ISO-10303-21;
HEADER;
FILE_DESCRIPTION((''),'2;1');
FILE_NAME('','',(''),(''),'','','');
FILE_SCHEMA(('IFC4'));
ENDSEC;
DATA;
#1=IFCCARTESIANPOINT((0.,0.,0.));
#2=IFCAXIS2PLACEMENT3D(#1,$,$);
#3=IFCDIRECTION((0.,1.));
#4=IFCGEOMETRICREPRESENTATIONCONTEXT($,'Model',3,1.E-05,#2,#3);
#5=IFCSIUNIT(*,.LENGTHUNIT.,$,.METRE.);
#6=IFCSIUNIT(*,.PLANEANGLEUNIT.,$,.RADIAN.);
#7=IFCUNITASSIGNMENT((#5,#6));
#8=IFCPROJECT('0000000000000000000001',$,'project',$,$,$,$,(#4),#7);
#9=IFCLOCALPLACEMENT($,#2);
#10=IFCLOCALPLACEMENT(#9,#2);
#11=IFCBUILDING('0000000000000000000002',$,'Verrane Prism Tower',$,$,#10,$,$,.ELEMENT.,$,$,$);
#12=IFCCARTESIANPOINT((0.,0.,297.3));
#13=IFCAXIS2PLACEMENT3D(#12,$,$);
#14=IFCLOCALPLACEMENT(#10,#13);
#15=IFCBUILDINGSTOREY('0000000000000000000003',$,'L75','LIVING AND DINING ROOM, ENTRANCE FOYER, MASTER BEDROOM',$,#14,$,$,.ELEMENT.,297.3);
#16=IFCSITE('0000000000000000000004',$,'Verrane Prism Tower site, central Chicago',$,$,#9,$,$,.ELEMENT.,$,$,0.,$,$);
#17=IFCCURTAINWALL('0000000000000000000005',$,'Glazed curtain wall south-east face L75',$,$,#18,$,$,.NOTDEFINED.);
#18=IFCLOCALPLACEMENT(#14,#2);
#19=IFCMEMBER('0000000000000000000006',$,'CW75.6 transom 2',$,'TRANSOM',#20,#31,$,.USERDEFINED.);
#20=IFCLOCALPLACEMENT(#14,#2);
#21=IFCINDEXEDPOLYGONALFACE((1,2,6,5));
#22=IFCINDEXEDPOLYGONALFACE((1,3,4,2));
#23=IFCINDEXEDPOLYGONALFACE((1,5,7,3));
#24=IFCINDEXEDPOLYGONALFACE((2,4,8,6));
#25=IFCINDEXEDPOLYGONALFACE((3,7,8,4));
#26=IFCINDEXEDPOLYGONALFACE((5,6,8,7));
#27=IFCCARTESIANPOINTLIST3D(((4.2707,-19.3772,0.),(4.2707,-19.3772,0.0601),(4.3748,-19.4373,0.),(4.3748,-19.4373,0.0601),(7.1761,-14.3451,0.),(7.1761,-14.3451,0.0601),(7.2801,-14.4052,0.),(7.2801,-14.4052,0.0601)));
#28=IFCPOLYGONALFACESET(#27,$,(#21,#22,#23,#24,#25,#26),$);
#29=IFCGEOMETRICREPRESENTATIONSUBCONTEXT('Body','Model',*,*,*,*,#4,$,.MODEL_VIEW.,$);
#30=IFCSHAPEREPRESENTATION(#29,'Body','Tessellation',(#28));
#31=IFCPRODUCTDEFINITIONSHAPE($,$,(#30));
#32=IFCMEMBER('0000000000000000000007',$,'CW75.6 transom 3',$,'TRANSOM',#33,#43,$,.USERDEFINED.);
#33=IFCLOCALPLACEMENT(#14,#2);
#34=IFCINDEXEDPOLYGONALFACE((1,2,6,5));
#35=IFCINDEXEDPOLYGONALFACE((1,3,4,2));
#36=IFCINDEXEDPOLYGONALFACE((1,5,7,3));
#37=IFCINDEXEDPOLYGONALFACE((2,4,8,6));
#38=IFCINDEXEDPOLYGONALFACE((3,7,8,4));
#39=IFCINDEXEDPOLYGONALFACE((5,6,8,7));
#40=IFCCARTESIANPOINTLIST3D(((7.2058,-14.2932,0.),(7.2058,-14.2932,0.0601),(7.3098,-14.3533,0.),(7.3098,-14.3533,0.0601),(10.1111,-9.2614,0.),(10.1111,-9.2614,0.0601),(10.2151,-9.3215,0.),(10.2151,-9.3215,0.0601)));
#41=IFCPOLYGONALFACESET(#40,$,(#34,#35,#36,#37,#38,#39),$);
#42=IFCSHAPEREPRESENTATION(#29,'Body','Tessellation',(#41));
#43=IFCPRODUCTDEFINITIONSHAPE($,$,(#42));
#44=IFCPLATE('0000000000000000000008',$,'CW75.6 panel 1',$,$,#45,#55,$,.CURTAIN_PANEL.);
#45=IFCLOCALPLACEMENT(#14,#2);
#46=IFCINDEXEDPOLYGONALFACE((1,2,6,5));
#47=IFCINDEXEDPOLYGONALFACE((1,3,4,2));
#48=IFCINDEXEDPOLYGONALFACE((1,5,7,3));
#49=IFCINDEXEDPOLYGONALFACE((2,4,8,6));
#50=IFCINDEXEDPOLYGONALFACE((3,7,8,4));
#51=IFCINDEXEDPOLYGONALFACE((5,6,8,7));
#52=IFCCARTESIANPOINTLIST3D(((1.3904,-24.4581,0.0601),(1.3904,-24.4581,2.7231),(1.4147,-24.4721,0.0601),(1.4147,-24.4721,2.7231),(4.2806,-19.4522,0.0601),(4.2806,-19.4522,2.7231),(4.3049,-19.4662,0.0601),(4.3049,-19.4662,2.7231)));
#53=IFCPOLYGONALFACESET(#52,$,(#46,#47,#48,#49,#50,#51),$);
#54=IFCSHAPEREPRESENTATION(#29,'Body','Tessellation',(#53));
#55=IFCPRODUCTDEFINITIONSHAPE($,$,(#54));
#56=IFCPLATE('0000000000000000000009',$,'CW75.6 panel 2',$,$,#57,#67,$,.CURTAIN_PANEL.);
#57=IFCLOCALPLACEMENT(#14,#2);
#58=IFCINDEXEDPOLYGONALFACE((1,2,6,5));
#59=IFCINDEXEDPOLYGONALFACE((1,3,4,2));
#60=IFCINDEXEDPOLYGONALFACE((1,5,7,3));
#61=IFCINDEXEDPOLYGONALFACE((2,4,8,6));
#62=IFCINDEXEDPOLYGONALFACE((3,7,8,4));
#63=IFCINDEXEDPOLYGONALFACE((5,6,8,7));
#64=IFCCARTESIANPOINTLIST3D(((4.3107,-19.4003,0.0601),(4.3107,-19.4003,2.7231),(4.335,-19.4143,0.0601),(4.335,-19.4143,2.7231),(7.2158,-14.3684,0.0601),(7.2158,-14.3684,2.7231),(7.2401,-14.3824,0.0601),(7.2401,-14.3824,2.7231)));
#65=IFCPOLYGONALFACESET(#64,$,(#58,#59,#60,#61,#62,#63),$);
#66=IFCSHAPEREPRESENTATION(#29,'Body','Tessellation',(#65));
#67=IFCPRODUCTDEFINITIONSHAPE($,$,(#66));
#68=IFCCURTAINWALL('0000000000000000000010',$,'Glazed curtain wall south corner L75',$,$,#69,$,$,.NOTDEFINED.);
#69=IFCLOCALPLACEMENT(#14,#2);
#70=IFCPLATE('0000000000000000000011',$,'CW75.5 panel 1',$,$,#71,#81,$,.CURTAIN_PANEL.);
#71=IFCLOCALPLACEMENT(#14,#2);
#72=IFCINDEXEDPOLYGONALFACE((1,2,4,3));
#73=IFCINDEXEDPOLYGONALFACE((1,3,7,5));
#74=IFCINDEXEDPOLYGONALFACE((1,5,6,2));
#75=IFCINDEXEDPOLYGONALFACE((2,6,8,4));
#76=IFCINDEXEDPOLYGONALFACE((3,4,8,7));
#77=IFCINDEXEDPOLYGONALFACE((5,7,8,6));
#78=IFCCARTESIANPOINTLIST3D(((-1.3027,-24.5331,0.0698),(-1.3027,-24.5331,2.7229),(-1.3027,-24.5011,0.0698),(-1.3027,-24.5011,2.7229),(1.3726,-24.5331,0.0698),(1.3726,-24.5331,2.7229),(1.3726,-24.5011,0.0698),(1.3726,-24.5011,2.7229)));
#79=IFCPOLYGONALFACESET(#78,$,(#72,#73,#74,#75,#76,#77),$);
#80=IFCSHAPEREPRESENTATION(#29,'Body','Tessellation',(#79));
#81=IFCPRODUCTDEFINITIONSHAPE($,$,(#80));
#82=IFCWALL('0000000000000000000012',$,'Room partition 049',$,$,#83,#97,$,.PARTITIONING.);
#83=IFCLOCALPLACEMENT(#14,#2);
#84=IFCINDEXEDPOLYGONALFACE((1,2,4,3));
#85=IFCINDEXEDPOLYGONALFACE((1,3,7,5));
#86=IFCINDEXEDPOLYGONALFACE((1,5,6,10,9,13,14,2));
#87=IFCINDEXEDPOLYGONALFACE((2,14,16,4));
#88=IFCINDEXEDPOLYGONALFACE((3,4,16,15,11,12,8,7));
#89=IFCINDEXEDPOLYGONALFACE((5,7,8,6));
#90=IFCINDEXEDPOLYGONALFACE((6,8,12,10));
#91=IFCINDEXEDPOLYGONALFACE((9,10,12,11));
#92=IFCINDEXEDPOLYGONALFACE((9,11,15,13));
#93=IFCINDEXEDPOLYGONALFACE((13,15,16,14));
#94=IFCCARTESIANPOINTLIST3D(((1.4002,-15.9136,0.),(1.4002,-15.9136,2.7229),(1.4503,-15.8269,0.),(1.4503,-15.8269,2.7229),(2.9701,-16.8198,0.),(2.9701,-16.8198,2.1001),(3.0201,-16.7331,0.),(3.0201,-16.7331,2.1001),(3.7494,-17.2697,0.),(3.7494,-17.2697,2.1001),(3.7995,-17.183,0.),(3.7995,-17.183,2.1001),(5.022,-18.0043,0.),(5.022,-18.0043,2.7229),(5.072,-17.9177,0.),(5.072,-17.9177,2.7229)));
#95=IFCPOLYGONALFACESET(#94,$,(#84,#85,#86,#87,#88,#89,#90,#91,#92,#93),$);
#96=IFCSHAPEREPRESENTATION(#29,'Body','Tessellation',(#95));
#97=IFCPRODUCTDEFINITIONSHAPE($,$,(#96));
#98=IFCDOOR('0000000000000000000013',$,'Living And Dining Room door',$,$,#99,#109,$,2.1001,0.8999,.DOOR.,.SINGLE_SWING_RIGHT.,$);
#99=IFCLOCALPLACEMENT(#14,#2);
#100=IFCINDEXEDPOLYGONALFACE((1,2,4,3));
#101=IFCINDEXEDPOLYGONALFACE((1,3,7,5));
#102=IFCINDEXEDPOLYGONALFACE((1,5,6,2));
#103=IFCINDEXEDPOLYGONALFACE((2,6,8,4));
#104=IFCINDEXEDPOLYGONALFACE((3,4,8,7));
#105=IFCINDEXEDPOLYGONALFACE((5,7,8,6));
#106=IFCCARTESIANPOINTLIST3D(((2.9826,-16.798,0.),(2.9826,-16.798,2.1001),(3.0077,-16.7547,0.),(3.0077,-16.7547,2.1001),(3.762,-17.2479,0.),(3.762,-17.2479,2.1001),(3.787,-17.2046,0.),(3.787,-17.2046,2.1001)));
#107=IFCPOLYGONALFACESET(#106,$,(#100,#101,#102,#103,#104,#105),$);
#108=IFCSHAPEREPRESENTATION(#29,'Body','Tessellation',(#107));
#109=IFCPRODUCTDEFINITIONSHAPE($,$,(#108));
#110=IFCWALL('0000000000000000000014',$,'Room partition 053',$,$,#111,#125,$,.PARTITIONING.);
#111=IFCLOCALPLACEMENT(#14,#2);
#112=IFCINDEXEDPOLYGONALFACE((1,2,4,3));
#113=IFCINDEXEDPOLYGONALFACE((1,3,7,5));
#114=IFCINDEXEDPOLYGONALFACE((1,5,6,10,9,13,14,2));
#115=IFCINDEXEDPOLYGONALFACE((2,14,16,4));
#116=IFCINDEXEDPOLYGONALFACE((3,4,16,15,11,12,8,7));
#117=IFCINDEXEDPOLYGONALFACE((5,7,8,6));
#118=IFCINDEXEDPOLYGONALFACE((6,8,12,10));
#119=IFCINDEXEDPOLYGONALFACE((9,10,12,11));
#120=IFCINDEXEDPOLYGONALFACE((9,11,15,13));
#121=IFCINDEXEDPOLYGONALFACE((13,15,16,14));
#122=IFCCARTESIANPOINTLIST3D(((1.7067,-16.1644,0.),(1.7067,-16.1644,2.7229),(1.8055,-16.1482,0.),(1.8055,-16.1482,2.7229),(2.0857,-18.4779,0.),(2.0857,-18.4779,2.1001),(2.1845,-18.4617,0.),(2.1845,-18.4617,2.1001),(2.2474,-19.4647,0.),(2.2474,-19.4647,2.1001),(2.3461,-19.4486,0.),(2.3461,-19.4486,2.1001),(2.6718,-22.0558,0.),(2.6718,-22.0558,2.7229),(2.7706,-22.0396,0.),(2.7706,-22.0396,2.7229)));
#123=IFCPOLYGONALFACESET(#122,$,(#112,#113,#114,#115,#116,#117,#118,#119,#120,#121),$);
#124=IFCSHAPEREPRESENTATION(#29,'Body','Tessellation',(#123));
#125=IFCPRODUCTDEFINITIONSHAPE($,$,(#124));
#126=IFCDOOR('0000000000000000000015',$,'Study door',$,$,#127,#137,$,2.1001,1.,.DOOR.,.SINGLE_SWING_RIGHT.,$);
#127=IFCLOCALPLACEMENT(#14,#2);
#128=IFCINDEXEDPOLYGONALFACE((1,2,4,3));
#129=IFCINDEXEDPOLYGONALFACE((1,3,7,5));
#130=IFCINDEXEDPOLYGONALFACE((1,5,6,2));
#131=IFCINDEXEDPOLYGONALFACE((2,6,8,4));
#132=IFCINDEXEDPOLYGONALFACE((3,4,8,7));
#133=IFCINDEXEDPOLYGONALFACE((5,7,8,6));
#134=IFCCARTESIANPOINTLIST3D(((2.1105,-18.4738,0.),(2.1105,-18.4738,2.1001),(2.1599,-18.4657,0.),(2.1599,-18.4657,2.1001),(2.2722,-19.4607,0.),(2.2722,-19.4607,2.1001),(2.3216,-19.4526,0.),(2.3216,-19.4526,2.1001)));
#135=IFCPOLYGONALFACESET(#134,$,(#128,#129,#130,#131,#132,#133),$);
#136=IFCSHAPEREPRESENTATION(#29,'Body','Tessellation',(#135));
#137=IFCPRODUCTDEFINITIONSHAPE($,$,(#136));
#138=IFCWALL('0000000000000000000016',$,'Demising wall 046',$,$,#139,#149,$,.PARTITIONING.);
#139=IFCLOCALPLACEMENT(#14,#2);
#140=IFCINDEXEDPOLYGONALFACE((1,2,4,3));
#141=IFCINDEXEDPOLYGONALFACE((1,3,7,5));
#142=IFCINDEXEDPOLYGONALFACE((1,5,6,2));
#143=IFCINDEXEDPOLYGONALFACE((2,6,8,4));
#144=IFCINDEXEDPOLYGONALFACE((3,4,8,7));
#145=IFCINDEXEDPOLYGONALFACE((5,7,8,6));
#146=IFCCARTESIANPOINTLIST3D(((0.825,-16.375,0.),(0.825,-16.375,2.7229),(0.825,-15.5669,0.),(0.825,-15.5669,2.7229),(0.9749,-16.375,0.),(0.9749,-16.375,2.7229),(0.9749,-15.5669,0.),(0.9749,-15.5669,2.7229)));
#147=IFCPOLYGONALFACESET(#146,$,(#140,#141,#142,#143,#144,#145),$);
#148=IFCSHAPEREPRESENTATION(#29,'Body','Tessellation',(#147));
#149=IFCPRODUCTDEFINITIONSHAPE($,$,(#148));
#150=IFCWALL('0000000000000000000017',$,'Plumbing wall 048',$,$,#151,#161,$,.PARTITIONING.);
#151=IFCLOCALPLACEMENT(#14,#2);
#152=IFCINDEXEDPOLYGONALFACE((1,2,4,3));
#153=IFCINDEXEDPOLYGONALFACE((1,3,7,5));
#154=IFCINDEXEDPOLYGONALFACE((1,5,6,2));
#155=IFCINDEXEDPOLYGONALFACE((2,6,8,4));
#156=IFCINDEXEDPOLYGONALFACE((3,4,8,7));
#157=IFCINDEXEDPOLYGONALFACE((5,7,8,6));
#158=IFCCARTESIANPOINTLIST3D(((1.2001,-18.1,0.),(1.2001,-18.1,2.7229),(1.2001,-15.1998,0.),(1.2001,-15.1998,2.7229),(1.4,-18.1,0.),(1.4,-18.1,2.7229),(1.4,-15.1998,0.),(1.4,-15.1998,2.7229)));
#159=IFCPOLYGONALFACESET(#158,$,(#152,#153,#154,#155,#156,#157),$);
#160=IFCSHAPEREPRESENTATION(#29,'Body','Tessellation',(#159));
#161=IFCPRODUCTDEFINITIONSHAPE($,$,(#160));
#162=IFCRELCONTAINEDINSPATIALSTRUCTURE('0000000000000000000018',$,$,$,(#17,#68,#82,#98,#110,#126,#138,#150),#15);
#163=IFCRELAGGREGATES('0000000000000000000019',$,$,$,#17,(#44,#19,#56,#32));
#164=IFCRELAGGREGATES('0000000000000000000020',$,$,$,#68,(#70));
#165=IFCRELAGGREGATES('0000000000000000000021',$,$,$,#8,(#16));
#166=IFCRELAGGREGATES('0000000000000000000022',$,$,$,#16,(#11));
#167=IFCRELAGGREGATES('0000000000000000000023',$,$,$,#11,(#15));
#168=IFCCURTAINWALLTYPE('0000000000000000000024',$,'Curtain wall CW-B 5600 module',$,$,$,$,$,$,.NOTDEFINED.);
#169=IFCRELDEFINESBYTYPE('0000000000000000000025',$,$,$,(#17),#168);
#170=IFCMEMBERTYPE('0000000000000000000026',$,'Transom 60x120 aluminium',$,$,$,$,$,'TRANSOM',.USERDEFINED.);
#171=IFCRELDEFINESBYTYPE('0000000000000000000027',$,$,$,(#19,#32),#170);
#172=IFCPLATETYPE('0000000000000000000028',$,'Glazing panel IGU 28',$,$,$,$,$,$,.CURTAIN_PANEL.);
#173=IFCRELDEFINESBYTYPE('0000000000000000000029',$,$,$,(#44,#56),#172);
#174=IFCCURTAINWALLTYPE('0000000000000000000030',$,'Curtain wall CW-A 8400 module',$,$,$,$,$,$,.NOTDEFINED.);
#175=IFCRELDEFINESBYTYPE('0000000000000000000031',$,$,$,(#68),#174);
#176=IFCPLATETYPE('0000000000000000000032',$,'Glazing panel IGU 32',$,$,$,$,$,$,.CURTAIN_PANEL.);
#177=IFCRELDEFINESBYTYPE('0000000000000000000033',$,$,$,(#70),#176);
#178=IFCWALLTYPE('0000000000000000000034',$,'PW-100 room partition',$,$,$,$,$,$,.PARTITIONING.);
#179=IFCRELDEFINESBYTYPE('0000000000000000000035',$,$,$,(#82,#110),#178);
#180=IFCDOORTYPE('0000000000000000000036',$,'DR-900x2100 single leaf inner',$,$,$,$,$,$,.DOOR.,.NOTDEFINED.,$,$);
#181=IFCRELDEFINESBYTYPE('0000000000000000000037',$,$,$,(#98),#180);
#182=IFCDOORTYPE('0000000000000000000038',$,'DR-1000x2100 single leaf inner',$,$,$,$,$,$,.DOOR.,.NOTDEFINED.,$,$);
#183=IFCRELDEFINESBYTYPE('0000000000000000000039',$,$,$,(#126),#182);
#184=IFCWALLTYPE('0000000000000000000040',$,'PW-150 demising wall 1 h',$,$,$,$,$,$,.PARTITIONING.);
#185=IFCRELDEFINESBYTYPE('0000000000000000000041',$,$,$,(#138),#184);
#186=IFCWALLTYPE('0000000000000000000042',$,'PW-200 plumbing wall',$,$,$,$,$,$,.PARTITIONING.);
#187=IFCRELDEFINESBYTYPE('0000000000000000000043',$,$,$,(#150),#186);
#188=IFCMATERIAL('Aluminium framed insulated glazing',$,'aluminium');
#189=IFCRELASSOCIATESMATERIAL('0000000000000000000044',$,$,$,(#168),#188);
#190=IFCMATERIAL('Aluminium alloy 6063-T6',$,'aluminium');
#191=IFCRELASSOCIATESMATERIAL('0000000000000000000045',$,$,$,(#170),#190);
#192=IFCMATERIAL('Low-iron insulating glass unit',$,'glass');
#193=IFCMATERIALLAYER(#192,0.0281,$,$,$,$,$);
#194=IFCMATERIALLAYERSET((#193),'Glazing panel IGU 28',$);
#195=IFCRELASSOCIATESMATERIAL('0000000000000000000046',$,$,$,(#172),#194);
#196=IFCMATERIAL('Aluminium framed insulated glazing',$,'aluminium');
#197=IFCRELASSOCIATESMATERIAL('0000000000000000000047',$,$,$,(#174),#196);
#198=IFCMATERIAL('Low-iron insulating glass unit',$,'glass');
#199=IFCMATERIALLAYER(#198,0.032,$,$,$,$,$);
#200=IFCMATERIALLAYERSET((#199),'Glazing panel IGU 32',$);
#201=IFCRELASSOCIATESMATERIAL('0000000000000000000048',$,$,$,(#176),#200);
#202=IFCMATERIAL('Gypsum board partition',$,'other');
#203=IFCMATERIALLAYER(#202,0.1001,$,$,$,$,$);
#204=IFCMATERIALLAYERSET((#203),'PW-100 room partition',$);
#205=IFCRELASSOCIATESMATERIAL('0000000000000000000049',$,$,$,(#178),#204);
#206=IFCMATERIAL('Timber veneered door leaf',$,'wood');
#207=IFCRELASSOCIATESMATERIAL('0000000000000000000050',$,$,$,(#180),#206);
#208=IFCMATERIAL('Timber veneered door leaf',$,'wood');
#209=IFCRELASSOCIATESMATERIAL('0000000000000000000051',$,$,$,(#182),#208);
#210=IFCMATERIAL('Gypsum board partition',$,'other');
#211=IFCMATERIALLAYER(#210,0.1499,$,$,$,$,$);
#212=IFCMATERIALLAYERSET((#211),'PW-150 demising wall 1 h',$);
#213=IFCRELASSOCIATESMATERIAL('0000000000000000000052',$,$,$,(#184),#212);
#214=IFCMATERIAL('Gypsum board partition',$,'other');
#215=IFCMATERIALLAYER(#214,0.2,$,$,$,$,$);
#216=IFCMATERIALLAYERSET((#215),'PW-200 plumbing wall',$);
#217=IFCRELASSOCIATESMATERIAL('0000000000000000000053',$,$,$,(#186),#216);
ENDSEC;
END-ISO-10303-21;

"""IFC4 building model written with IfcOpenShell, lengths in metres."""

from ifc_helpers import new_model, si_unit, direction, frame, frame_2d, origin, origin_2d, place, context, subcontext, project, spatial, rectangle, extrude, material, layer, layer_set, material_profile, profile_set, type_object, element, fill, aggregate, save


model = new_model("IFC4")

# Units and contexts
model_context = context("Model", 3, precision=1e-05, world=origin(), true_north=direction((0.0, 1.0)))
body_context = subcontext(model_context, "Body", "Model", "MODEL_VIEW")
ifc_project = project(units=[si_unit("LENGTHUNIT", "METRE"), si_unit("PLANEANGLEUNIT", "RADIAN")], contexts=[model_context])

# Site, building, storey
site_placement = place(None, origin())
site = spatial("IfcSite", under=ifc_project, at=site_placement, Name="Verrane Prism Tower site, central Chicago", CompositionType="ELEMENT", RefElevation=0.0)
building_placement = place(site_placement, origin())
building = spatial("IfcBuilding", under=site, at=building_placement, Name="Verrane Prism Tower", CompositionType="ELEMENT")
storey_placement = place(building_placement, frame((0.0, 0.0, 297.3)))
storey = spatial("IfcBuildingStorey", under=building, at=storey_placement, Name="L75", Description="LIVING AND DINING ROOM, ENTRANCE FOYER, MASTER BEDROOM", CompositionType="ELEMENT", Elevation=297.3)

# Curtain wall
ifc_material_1 = material(Name="Aluminium framed insulated glazing", Category="aluminium")
curtain_wall_type_1 = type_object("IfcCurtainWallType", Name="Curtain wall CW-B 5600 module", PredefinedType="NOTDEFINED", material=ifc_material_1)
curtain_wall_1_placement = place(storey_placement, origin())
curtain_wall_1 = element("IfcCurtainWall", 1, at=curtain_wall_1_placement, inside=storey, type_object=curtain_wall_type_1, Name="Glazed curtain wall south-east face L75", PredefinedType="NOTDEFINED")

# Members
ifc_material_2 = material(Name="Aluminium alloy 6063-T6", Category="aluminium")
ifc_material_profile_1 = material_profile(ifc_material_2, rectangle(XDim=0.1201, YDim=0.0601, at=origin_2d()), Name="Transom 60x120 aluminium")
ifc_profile_set_1 = profile_set([ifc_material_profile_1], Name="Aluminium alloy 6063-T6")
member_type_1 = type_object("IfcMemberType", Name="Transom 60x120 aluminium", ElementType="TRANSOM", PredefinedType="USERDEFINED", material=ifc_profile_set_1)
member_1_placement = place(storey_placement, frame((4.3228, -19.4072, 0.03), z_axis=(0.500007, 0.866021, 0.0), x_axis=(-0.866021, 0.500007, 0.0)))
member_1 = element("IfcMember", 2, at=member_1_placement, type_object=member_type_1, Name="CW75.6 transom 2", ObjectType="TRANSOM", PredefinedType="USERDEFINED", context=body_context, shape_type="SweptSolid", body=[
    extrude(rectangle(XDim=0.1201, YDim=0.0601, at=origin_2d()), origin(), (0.0, 0.0, 1.0), 5.8105),
])
member_2_placement = place(storey_placement, frame((7.2578, -14.3232, 0.03), z_axis=(0.500026, 0.866011, 0.0), x_axis=(-0.866011, 0.500026, 0.0)))
member_2 = element("IfcMember", 3, at=member_2_placement, type_object=member_type_1, Name="CW75.6 transom 3", ObjectType="TRANSOM", PredefinedType="USERDEFINED", context=body_context, shape_type="SweptSolid", body=[
    extrude(rectangle(XDim=0.1201, YDim=0.0601, at=origin_2d()), origin(), (0.0, 0.0, 1.0), 5.8103),
])

# Plates
ifc_material_3 = material(Name="Low-iron insulating glass unit", Category="glass")
ifc_layer_1 = layer(ifc_material_3, 0.0281)
ifc_layer_set_1 = layer_set([ifc_layer_1], Name="Glazing panel IGU 28")
plate_type_1 = type_object("IfcPlateType", Name="Glazing panel IGU 28", PredefinedType="CURTAIN_PANEL", material=ifc_layer_set_1)
plate_1_placement = place(storey_placement, frame((2.8477, -21.9622, 0.0601), z_axis=(0.0, 0.0, 1.0), x_axis=(0.500001, 0.866025, 0.0)))
plate_1 = element("IfcPlate", 4, at=plate_1_placement, type_object=plate_type_1, Name="CW75.6 panel 1", PredefinedType="CURTAIN_PANEL", context=body_context, shape_type="SweptSolid", body=[
    extrude(rectangle(XDim=5.7803, YDim=0.0281, at=origin_2d()), origin(), (0.0, 0.0, 1.0), 2.6631),
])
plate_2_placement = place(storey_placement, frame((5.7754, -16.8914, 0.0601), z_axis=(0.0, 0.0, 1.0), x_axis=(0.500001, 0.866025, 0.0)))
plate_2 = element("IfcPlate", 5, at=plate_2_placement, type_object=plate_type_1, Name="CW75.6 panel 2", PredefinedType="CURTAIN_PANEL", context=body_context, shape_type="SweptSolid", body=[
    extrude(rectangle(XDim=5.8103, YDim=0.0281, at=origin_2d()), origin(), (0.0, 0.0, 1.0), 2.6631),
])
aggregate(curtain_wall_1, [plate_1, member_1, plate_2, member_2])

# Curtain wall, plate
ifc_material_4 = material(Name="Aluminium framed insulated glazing", Category="aluminium")
curtain_wall_type_2 = type_object("IfcCurtainWallType", Name="Curtain wall CW-A 8400 module", PredefinedType="NOTDEFINED", material=ifc_material_4)
curtain_wall_2_placement = place(storey_placement, origin())
curtain_wall_2 = element("IfcCurtainWall", 6, at=curtain_wall_2_placement, inside=storey, type_object=curtain_wall_type_2, Name="Glazed curtain wall south corner L75", PredefinedType="NOTDEFINED")
ifc_material_5 = material(Name="Low-iron insulating glass unit", Category="glass")
ifc_layer_2 = layer(ifc_material_5, 0.032)
ifc_layer_set_2 = layer_set([ifc_layer_2], Name="Glazing panel IGU 32")
plate_type_2 = type_object("IfcPlateType", Name="Glazing panel IGU 32", PredefinedType="CURTAIN_PANEL", material=ifc_layer_set_2)
plate_3_placement = place(storey_placement, frame((0.0349, -24.5171, 0.0698), z_axis=(0.0, 0.0, 1.0), x_axis=(1.0, 0.0, 0.0)))
plate_3 = element("IfcPlate", 7, at=plate_3_placement, type_object=plate_type_2, Name="CW75.5 panel 1", PredefinedType="CURTAIN_PANEL", context=body_context, shape_type="SweptSolid", body=[
    extrude(rectangle(XDim=2.6753, YDim=0.032, at=origin_2d()), origin(), (0.0, 0.0, 1.0), 2.6531),
])
aggregate(curtain_wall_2, [plate_3])

# Walls, openings, doors
ifc_material_6 = material(Name="Gypsum board partition", Category="other")
ifc_layer_3 = layer(ifc_material_6, 0.1001)
ifc_layer_set_3 = layer_set([ifc_layer_3], Name="PW-100 room partition")
wall_type_1 = type_object("IfcWallType", Name="PW-100 room partition", PredefinedType="PARTITIONING", material=ifc_layer_set_3)
wall_1_placement = place(storey_placement, frame((5.0469, -17.9609, 0.0), z_axis=(0.0, 0.0, 1.0), x_axis=(-0.86605, 0.499957, 0.0)))
wall_1 = element("IfcWall", 8, at=wall_1_placement, inside=storey, type_object=wall_type_1, Name="Room partition 049", PredefinedType="PARTITIONING", context=body_context, shape_type="SweptSolid", body=[
    extrude(rectangle(XDim=4.1819, YDim=0.1001, at=frame_2d((2.0908, 0.0))), origin(), (0.0, 0.0, 1.0), 2.7229),
])
opening_1_placement = place(wall_1_placement, frame((1.4692, 0.0, 0.0)))
opening_1 = element("IfcOpeningElement", 9, at=opening_1_placement, cuts=wall_1, PredefinedType="OPENING", context=body_context, shape_type="SweptSolid", body=[
    extrude(rectangle(XDim=0.8999, YDim=2.1001, at=frame_2d((0.45, 1.05))), frame((0.0, 0.0601, 0.0), z_axis=(0.0, -1.0, 0.0), x_axis=(1.0, 0.0, 0.0)), (0.0, 0.0, 1.0), 0.1201),
])
ifc_material_7 = material(Name="Timber veneered door leaf", Category="wood")
door_type_1 = type_object("IfcDoorType", Name="DR-900x2100 single leaf inner", OperationType="NOTDEFINED", PredefinedType="DOOR", material=ifc_material_7)
door_1_placement = place(opening_1_placement, origin())
door_1 = element("IfcDoor", 10, at=door_1_placement, inside=storey, type_object=door_type_1, Name="Living And Dining Room door", OperationType="SINGLE_SWING_RIGHT", OverallHeight=2.1001, OverallWidth=0.8999, PredefinedType="DOOR", context=body_context, shape_type="SweptSolid", body=[
    extrude(rectangle(XDim=0.8999, YDim=2.1001, at=frame_2d((0.45, 1.05))), frame((0.0, 0.0249, 0.0), z_axis=(0.0, -1.0, 0.0), x_axis=(1.0, 0.0, 0.0)), (0.0, 0.0, 1.0), 0.05),
])
fill(opening_1, door_1)
wall_2_placement = place(storey_placement, frame((2.7212, -22.0476, 0.0), z_axis=(0.0, 0.0, 1.0), x_axis=(-0.161659, 0.986847, 0.0)))
wall_2 = element("IfcWall", 11, at=wall_2_placement, inside=storey, type_object=wall_type_1, Name="Room partition 053", PredefinedType="PARTITIONING", context=body_context, shape_type="SweptSolid", body=[
    extrude(rectangle(XDim=5.97, YDim=0.1001, at=frame_2d((2.9849, 0.0))), origin(), (0.0, 0.0, 1.0), 2.7229),
])
opening_2_placement = place(wall_2_placement, frame((2.6255, 0.0, 0.0)))
opening_2 = element("IfcOpeningElement", 12, at=opening_2_placement, cuts=wall_2, PredefinedType="OPENING", context=body_context, shape_type="SweptSolid", body=[
    extrude(rectangle(XDim=1.0, YDim=2.1001, at=frame_2d((0.5, 1.05))), frame((0.0, 0.0601, 0.0), z_axis=(0.0, -1.0, 0.0), x_axis=(1.0, 0.0, 0.0)), (0.0, 0.0, 1.0), 0.1201),
])
ifc_material_8 = material(Name="Timber veneered door leaf", Category="wood")
door_type_2 = type_object("IfcDoorType", Name="DR-1000x2100 single leaf inner", OperationType="NOTDEFINED", PredefinedType="DOOR", material=ifc_material_8)
door_2_placement = place(opening_2_placement, origin())
door_2 = element("IfcDoor", 13, at=door_2_placement, inside=storey, type_object=door_type_2, Name="Study door", OperationType="SINGLE_SWING_RIGHT", OverallHeight=2.1001, OverallWidth=1.0, PredefinedType="DOOR", context=body_context, shape_type="SweptSolid", body=[
    extrude(rectangle(XDim=1.0, YDim=2.1001, at=frame_2d((0.5, 1.05))), frame((0.0, 0.0249, 0.0), z_axis=(0.0, -1.0, 0.0), x_axis=(1.0, 0.0, 0.0)), (0.0, 0.0, 1.0), 0.05),
])
fill(opening_2, door_2)

# Walls
ifc_material_9 = material(Name="Gypsum board partition", Category="other")
ifc_layer_4 = layer(ifc_material_9, 0.1499)
ifc_layer_set_4 = layer_set([ifc_layer_4], Name="PW-150 demising wall 1 h")
wall_type_2 = type_object("IfcWallType", Name="PW-150 demising wall 1 h", PredefinedType="PARTITIONING", material=ifc_layer_set_4)
wall_3_placement = place(storey_placement, frame((0.8999, -16.375, 0.0), z_axis=(0.0, 0.0, 1.0), x_axis=(0.0, 1.0, 0.0)))
element("IfcWall", 14, at=wall_3_placement, inside=storey, type_object=wall_type_2, Name="Demising wall 046", PredefinedType="PARTITIONING", context=body_context, shape_type="SweptSolid", body=[
    extrude(rectangle(XDim=0.8081, YDim=0.1499, at=frame_2d((0.4041, 0.0))), origin(), (0.0, 0.0, 1.0), 2.7229),
])
ifc_material_10 = material(Name="Gypsum board partition", Category="other")
ifc_layer_5 = layer(ifc_material_10, 0.2)
ifc_layer_set_5 = layer_set([ifc_layer_5], Name="PW-200 plumbing wall")
wall_type_3 = type_object("IfcWallType", Name="PW-200 plumbing wall", PredefinedType="PARTITIONING", material=ifc_layer_set_5)
wall_4_placement = place(storey_placement, frame((1.3, -18.1001, 0.0), z_axis=(0.0, 0.0, 1.0), x_axis=(0.0, 1.0, 0.0)))
element("IfcWall", 15, at=wall_4_placement, inside=storey, type_object=wall_type_3, Name="Plumbing wall 048", PredefinedType="PARTITIONING", context=body_context, shape_type="SweptSolid", body=[
    extrude(rectangle(XDim=2.9001, YDim=0.2, at=frame_2d((1.4502, 0.0))), origin(), (0.0, 0.0, 1.0), 2.7229),
])

save(model, "model.ifc")
